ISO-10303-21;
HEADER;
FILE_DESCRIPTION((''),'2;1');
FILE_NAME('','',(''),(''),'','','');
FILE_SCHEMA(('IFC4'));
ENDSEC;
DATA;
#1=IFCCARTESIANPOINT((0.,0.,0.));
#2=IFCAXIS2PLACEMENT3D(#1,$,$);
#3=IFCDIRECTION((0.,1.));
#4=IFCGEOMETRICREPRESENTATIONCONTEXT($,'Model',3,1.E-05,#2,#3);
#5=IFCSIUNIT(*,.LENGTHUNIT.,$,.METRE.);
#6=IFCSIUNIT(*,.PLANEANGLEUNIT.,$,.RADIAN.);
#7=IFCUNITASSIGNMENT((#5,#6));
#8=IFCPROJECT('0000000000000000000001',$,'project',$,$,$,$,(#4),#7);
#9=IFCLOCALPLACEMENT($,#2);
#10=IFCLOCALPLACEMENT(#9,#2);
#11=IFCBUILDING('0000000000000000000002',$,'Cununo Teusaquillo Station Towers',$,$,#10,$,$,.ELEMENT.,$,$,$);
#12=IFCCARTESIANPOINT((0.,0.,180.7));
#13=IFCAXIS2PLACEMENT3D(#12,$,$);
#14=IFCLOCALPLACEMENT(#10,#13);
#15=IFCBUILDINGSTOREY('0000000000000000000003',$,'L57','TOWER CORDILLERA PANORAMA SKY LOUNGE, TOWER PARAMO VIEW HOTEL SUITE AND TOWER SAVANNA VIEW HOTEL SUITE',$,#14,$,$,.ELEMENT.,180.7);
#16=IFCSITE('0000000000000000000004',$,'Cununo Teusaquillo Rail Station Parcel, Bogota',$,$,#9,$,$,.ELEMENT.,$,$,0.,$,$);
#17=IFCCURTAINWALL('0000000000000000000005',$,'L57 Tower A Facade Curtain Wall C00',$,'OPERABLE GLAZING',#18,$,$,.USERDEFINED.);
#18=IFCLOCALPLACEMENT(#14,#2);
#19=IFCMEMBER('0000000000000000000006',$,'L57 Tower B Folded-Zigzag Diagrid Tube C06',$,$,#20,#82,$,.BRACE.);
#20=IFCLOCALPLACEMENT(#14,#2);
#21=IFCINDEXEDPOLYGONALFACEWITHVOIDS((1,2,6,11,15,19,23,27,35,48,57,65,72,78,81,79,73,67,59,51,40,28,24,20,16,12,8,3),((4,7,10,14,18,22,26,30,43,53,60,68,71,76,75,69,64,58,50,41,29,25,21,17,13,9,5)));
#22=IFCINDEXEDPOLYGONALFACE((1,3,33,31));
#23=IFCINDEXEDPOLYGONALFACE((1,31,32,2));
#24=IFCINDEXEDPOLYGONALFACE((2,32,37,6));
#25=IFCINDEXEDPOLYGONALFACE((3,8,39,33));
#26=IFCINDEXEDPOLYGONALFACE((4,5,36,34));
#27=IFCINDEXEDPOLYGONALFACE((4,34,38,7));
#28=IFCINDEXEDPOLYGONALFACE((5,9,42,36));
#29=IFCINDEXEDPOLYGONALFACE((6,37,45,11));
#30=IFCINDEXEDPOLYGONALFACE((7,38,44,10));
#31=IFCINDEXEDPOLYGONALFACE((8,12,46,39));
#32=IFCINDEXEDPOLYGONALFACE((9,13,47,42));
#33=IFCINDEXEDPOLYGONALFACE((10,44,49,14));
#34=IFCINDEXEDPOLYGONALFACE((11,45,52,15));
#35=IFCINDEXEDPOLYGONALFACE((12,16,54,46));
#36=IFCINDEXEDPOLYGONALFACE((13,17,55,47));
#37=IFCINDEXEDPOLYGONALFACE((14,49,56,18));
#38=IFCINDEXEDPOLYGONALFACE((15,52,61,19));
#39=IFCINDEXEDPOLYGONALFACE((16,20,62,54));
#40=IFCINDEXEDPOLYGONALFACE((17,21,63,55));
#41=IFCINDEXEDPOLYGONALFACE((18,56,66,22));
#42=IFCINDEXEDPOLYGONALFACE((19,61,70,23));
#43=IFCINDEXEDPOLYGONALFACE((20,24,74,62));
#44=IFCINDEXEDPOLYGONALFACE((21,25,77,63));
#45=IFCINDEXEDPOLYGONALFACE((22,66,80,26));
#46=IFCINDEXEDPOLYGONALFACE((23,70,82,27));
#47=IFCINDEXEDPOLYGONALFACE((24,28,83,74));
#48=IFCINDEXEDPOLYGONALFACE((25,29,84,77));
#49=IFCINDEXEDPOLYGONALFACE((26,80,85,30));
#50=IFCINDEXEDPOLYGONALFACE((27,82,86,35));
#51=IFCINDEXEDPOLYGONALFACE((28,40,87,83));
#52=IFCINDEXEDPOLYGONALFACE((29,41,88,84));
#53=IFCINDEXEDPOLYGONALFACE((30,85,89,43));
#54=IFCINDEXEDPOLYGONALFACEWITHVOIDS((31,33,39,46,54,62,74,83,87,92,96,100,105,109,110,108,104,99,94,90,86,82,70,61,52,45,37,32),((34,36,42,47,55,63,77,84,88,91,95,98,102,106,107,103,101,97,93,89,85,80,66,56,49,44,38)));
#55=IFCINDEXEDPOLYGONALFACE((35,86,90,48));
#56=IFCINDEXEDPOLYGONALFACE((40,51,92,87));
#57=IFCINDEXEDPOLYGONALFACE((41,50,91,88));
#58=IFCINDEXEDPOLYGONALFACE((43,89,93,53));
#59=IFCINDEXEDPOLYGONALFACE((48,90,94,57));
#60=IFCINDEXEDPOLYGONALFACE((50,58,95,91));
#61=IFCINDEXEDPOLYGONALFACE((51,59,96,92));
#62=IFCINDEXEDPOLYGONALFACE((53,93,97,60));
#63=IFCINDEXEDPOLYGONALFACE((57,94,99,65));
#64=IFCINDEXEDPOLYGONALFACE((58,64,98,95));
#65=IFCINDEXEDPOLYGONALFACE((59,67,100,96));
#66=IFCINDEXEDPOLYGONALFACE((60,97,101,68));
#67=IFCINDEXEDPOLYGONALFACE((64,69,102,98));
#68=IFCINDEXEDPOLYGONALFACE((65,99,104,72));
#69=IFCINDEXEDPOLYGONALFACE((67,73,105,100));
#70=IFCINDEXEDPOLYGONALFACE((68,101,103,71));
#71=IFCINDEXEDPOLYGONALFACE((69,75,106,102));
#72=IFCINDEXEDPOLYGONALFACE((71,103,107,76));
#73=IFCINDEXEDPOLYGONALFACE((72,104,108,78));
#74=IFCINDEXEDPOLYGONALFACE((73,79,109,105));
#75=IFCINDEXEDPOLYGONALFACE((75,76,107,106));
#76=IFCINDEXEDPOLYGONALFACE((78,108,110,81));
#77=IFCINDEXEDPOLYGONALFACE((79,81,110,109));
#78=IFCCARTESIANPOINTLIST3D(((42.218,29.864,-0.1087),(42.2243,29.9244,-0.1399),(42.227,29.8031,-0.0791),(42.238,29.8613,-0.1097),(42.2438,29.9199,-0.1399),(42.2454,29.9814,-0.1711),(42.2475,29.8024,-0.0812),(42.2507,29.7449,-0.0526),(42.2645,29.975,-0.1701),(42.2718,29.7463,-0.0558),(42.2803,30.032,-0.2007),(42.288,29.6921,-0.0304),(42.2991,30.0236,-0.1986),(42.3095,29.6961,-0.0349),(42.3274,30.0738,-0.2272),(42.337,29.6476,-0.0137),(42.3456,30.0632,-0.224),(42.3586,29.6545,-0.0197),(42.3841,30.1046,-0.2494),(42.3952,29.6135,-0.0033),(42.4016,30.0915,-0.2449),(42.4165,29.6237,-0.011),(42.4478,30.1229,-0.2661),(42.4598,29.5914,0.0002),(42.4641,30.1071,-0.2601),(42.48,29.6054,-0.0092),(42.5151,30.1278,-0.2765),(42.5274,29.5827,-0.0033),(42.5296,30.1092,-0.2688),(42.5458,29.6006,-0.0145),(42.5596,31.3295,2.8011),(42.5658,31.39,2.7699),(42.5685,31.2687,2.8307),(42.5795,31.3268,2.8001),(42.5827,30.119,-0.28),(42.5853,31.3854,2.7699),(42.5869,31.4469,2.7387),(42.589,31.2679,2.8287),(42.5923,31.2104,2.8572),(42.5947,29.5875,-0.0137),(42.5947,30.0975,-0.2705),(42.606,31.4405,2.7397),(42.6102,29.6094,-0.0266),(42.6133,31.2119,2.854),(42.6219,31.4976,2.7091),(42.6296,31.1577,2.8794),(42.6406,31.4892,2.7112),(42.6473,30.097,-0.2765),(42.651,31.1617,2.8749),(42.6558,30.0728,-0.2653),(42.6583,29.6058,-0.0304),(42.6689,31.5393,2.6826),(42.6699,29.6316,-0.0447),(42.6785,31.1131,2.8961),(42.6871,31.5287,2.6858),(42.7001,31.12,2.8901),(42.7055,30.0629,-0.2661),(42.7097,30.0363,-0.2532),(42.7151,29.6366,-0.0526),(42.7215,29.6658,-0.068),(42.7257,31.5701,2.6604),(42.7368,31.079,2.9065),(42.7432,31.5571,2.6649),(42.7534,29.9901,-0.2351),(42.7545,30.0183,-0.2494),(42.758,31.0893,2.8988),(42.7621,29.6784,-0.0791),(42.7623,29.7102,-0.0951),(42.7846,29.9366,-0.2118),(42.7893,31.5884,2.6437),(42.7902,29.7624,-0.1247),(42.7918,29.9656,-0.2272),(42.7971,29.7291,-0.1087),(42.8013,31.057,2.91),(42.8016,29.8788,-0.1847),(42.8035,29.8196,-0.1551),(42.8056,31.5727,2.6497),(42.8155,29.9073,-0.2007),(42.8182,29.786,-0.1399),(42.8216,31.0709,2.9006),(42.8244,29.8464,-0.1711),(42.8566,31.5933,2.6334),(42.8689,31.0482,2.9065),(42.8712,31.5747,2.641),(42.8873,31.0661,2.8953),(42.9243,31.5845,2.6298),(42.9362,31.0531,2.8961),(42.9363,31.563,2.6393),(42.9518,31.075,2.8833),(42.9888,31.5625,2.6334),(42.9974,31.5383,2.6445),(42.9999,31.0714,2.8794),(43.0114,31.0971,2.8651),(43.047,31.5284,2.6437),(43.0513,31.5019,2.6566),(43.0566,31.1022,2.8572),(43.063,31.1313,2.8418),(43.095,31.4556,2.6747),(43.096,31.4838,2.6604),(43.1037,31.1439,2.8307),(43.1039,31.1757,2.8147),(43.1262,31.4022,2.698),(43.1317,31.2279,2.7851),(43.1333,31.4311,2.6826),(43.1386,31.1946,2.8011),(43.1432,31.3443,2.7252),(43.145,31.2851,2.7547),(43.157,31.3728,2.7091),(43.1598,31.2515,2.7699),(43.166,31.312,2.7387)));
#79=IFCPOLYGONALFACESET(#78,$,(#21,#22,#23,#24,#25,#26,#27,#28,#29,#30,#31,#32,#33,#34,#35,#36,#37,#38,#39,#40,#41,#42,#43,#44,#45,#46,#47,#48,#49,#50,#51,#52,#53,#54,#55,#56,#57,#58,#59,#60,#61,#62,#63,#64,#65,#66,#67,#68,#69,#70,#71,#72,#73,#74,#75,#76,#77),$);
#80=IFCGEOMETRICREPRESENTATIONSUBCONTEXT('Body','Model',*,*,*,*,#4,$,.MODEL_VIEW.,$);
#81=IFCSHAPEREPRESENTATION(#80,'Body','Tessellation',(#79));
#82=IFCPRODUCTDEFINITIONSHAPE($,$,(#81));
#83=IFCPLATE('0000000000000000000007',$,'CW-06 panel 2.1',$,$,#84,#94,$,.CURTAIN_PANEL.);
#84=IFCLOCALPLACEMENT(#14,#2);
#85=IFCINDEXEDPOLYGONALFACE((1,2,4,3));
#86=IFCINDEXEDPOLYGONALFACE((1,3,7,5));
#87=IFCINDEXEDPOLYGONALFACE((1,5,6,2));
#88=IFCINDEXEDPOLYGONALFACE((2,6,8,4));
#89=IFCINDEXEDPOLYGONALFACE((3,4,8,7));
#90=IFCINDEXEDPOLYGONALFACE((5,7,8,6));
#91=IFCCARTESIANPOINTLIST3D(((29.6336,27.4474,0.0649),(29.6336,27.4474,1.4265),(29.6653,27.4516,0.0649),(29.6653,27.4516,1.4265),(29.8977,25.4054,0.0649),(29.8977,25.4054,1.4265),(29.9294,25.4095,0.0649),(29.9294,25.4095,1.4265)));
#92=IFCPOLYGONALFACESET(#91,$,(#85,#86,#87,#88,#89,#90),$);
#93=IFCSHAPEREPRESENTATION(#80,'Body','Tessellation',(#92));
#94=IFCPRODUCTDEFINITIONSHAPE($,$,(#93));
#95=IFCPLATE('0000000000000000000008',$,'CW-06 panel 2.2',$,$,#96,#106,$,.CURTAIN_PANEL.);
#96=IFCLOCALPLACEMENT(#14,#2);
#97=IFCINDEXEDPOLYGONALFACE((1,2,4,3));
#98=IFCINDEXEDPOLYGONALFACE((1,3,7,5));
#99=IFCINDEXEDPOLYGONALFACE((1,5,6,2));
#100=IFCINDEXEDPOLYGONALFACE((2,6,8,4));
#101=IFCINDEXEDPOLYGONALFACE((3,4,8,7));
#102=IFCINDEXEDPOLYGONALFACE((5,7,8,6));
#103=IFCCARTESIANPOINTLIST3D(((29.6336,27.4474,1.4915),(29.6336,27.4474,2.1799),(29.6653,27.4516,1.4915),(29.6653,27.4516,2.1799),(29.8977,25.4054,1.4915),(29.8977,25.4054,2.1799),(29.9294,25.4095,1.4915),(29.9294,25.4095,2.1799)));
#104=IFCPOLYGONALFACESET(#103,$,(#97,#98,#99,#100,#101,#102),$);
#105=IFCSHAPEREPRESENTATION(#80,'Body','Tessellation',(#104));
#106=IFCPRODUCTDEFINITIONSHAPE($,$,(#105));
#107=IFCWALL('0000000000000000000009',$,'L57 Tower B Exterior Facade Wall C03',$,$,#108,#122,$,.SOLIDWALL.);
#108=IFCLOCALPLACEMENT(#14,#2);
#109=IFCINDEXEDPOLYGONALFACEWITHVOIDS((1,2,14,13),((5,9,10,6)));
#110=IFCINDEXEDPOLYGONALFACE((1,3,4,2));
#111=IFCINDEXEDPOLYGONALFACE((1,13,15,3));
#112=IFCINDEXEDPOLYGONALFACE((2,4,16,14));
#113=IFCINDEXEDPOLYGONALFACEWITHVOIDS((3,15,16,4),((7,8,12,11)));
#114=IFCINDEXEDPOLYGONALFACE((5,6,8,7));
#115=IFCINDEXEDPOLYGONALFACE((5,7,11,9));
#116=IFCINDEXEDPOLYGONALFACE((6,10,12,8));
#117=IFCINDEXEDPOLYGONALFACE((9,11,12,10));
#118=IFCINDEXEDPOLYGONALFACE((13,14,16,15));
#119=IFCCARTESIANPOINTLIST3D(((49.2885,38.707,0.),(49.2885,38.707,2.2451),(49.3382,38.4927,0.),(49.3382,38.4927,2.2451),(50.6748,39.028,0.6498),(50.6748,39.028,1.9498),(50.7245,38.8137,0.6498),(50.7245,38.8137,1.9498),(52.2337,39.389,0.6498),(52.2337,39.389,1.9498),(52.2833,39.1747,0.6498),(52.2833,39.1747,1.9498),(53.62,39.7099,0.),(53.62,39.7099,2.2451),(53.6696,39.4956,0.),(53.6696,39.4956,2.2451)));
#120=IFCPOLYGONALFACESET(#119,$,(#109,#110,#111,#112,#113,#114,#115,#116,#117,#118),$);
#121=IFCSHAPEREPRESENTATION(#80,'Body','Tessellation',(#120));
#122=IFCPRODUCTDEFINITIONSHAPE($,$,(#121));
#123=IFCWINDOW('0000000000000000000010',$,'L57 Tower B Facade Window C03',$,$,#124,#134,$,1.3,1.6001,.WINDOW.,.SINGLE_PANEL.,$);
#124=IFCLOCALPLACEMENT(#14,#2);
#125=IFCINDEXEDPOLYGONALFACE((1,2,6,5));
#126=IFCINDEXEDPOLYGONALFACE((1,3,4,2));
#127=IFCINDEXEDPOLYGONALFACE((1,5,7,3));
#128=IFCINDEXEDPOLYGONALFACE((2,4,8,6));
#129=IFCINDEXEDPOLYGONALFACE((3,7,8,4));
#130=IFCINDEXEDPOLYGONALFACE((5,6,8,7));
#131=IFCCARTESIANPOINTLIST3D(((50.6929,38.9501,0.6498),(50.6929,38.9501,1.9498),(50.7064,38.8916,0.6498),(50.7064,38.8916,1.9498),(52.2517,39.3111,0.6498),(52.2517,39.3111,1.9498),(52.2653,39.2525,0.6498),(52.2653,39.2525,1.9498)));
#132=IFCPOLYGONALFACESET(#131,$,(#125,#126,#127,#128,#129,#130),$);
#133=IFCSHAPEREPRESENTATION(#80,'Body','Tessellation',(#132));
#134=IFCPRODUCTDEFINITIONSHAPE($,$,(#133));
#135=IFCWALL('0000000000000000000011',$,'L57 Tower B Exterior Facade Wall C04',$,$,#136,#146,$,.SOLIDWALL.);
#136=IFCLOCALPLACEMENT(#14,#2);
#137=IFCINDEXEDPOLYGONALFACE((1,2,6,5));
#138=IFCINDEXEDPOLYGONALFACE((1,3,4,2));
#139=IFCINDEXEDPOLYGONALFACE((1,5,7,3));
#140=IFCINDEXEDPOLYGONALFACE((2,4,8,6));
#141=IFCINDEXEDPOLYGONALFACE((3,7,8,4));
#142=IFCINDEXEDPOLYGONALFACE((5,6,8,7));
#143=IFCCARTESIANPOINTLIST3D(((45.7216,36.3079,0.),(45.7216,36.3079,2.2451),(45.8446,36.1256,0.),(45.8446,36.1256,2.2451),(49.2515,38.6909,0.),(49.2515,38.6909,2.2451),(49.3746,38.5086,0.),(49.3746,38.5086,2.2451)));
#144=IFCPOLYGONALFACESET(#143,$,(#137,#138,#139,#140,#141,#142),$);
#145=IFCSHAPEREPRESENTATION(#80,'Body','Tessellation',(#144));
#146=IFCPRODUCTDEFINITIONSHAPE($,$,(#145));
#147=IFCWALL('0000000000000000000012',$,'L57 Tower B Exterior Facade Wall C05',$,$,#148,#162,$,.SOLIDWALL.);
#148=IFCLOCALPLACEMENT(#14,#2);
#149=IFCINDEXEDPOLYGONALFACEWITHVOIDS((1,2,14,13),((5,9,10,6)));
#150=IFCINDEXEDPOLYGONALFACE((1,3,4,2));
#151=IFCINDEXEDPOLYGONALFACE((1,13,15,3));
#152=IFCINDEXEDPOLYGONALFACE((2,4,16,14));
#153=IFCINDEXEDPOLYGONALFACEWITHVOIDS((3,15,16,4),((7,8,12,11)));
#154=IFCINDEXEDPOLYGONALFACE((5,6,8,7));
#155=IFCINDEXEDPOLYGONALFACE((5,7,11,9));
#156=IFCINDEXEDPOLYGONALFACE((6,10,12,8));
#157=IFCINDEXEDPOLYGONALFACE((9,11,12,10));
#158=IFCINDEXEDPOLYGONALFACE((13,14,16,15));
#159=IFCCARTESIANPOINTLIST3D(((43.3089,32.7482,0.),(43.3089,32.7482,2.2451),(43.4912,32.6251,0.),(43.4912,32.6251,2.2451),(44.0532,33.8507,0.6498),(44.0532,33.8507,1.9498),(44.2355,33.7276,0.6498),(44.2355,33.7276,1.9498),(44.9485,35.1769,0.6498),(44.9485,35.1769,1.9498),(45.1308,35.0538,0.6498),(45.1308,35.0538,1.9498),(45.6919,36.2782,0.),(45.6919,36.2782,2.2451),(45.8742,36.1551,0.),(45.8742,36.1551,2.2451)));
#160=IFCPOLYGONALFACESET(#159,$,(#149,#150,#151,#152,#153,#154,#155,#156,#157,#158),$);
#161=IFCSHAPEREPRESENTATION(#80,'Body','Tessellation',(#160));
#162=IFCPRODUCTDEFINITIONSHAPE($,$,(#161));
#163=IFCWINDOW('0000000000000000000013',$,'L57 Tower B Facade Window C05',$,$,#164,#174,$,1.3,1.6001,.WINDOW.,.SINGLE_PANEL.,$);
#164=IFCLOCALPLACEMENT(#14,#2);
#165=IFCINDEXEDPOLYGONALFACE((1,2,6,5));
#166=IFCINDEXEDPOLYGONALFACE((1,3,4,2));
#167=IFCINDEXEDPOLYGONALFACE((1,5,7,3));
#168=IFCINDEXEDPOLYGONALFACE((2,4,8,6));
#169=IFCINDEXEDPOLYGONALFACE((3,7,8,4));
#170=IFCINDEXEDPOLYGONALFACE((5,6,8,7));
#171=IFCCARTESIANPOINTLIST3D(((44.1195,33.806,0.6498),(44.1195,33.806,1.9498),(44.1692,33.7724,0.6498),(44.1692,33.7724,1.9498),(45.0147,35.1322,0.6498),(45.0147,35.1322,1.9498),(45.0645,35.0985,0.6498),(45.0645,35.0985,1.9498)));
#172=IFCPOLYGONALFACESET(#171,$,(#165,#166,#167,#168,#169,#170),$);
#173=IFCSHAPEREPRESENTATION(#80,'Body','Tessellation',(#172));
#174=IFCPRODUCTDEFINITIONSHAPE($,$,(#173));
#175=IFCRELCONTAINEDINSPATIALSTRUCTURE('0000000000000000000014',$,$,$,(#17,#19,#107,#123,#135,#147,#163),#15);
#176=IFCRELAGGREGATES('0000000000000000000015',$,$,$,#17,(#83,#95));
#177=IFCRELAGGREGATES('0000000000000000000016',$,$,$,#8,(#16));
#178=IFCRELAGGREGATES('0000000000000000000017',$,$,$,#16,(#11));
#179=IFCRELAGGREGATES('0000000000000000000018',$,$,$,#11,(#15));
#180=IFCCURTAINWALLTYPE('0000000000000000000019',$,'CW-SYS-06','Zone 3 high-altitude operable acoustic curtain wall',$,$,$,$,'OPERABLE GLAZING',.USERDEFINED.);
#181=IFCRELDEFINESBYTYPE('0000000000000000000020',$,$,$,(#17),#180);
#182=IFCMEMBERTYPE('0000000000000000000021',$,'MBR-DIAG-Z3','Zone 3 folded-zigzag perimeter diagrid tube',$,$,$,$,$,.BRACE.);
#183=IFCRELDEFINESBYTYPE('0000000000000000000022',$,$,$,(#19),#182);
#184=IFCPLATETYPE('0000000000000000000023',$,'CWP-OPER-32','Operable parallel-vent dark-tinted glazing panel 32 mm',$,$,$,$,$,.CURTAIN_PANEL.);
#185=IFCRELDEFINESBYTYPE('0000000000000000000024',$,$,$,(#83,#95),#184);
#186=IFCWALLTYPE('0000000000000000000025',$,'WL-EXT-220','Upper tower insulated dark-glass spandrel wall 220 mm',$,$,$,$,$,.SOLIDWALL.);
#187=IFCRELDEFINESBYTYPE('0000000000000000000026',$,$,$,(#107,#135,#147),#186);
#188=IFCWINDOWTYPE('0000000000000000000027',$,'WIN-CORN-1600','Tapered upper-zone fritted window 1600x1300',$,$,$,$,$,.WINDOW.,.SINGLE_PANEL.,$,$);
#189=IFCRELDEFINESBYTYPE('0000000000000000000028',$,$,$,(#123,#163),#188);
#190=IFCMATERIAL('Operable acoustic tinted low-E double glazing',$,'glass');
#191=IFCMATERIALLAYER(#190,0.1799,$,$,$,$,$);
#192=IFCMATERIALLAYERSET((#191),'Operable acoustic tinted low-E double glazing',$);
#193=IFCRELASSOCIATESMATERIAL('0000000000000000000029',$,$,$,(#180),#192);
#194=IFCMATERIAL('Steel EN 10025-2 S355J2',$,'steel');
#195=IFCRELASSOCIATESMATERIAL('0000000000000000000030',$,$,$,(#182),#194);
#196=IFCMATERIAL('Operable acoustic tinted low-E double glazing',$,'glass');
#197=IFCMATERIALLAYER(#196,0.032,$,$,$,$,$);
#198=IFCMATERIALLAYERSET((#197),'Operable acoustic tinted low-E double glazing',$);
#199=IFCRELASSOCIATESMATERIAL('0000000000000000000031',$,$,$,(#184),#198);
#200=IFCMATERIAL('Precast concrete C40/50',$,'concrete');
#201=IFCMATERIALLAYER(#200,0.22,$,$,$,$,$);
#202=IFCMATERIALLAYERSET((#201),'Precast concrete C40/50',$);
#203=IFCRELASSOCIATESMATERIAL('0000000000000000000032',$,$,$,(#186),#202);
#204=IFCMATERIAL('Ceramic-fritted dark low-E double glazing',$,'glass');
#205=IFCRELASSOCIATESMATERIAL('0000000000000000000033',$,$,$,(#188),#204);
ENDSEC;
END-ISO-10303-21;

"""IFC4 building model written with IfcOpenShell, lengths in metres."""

from ifc_helpers import new_model, si_unit, direction, frame, frame_2d, origin, origin_2d, place, context, subcontext, project, spatial, rectangle, hollow_circle, extrude, source, transform, mapped, material, layer, layer_set, material_profile, profile_set, type_object, element, fill, aggregate, save


model = new_model("IFC4")

# Units and contexts
model_context = context("Model", 3, precision=1e-05, world=origin(), true_north=direction((0.0, 1.0)))
body_context = subcontext(model_context, "Body", "Model", "MODEL_VIEW")
ifc_project = project(units=[si_unit("LENGTHUNIT", "METRE"), si_unit("PLANEANGLEUNIT", "RADIAN")], contexts=[model_context])

# Site, building, storey
site_placement = place(None, origin())
site = spatial("IfcSite", under=ifc_project, at=site_placement, Name="Cununo Teusaquillo Rail Station Parcel, Bogota", CompositionType="ELEMENT", RefElevation=0.0)
building_placement = place(site_placement, origin())
building = spatial("IfcBuilding", under=site, at=building_placement, Name="Cununo Teusaquillo Station Towers", CompositionType="ELEMENT")
storey_placement = place(building_placement, frame((0.0, 0.0, 180.7)))
storey = spatial("IfcBuildingStorey", under=building, at=storey_placement, Name="L57", Description="TOWER CORDILLERA PANORAMA SKY LOUNGE, TOWER PARAMO VIEW HOTEL SUITE AND TOWER SAVANNA VIEW HOTEL SUITE", CompositionType="ELEMENT", Elevation=180.7)

# Curtain wall
ifc_material_1 = material(Name="Operable acoustic tinted low-E double glazing", Category="glass")
ifc_layer_1 = layer(ifc_material_1, 0.1799)
ifc_layer_set_1 = layer_set([ifc_layer_1], Name="Operable acoustic tinted low-E double glazing")
curtain_wall_type = type_object("IfcCurtainWallType", Name="CW-SYS-06", Description="Zone 3 high-altitude operable acoustic curtain wall", ElementType="OPERABLE GLAZING", PredefinedType="USERDEFINED", material=ifc_layer_set_1)
curtain_wall_placement = place(storey_placement, origin())
curtain_wall = element("IfcCurtainWall", 1, at=curtain_wall_placement, inside=storey, type_object=curtain_wall_type, Name="L57 Tower A Facade Curtain Wall C00", ObjectType="OPERABLE GLAZING", PredefinedType="USERDEFINED")

# Member
ifc_material_2 = material(Name="Steel EN 10025-2 S355J2", Category="steel")
ifc_material_profile_1 = material_profile(ifc_material_2, hollow_circle(Radius=0.3049, WallThickness=0.02, at=origin_2d()), Name="CHS 610x20")
ifc_profile_set_1 = profile_set([ifc_material_profile_1], Name="Steel EN 10025-2 S355J2")
member_type_1 = type_object("IfcMemberType", Name="MBR-DIAG-Z3", Description="Zone 3 folded-zigzag perimeter diagrid tube", PredefinedType="BRACE", material=ifc_profile_set_1)
member_1_placement = place(storey_placement, frame((42.5212, 29.8552, -0.1399), z_axis=(0.104259, 0.447368, 0.888252), x_axis=(-0.973902, 0.226968, 0.0)))
element("IfcMember", 2, at=member_1_placement, inside=storey, type_object=member_type_1, Name="L57 Tower B Folded-Zigzag Diagrid Tube C06", PredefinedType="BRACE", context=body_context, shape_type="SweptSolid", body=[
    extrude(hollow_circle(Radius=0.3049, WallThickness=0.02, at=origin_2d()), origin(), (0.0, 0.0, 1.0), 3.2759),
])

# Plates
ifc_material_3 = material(Name="Operable acoustic tinted low-E double glazing", Category="glass")
ifc_layer_2 = layer(ifc_material_3, 0.032)
ifc_layer_set_2 = layer_set([ifc_layer_2], Name="Operable acoustic tinted low-E double glazing")
plate_type = type_object("IfcPlateType", Name="CWP-OPER-32", Description="Operable parallel-vent dark-tinted glazing panel 32 mm", PredefinedType="CURTAIN_PANEL", material=ifc_layer_set_2)
shared_shape_1 = source(origin(), body_context, "Body", "SweptSolid", [
    extrude(rectangle(XDim=2.0591, YDim=0.032, at=origin_2d()), origin(), (0.0, 0.0, 1.0), 1.3616),
])
plate_1_placement = place(storey_placement, frame((29.7815, 26.4285, 0.0649), z_axis=(0.0, 0.0, 1.0), x_axis=(0.128285, -0.991737, 0.0)))
plate_1 = element("IfcPlate", 3, at=plate_1_placement, type_object=plate_type, Name="CW-06 panel 2.1", PredefinedType="CURTAIN_PANEL", context=body_context, shape_type="MappedRepresentation", body=[
    mapped(shared_shape_1, transform((0.0, 0.0, 0.0), x_axis=(1.0, 0.0, 0.0), y_axis=(0.0, 1.0, 0.0), z_axis=(0.0, 0.0, 1.0), scale=1.0)),
])
shared_shape_2 = source(origin(), body_context, "Body", "SweptSolid", [
    extrude(rectangle(XDim=2.0591, YDim=0.032, at=origin_2d()), origin(), (0.0, 0.0, 1.0), 0.6885),
])
plate_2_placement = place(storey_placement, frame((29.7815, 26.4285, 1.4915), z_axis=(0.0, 0.0, 1.0), x_axis=(0.128285, -0.991737, 0.0)))
plate_2 = element("IfcPlate", 4, at=plate_2_placement, type_object=plate_type, Name="CW-06 panel 2.2", PredefinedType="CURTAIN_PANEL", context=body_context, shape_type="MappedRepresentation", body=[
    mapped(shared_shape_2, transform((0.0, 0.0, 0.0), x_axis=(1.0, 0.0, 0.0), y_axis=(0.0, 1.0, 0.0), z_axis=(0.0, 0.0, 1.0), scale=1.0)),
])
aggregate(curtain_wall, [plate_1, plate_2])

# Wall, opening, window
ifc_material_4 = material(Name="Precast concrete C40/50", Category="concrete")
ifc_layer_3 = layer(ifc_material_4, 0.22)
ifc_layer_set_3 = layer_set([ifc_layer_3], Name="Precast concrete C40/50")
wall_type_1 = type_object("IfcWallType", Name="WL-EXT-220", Description="Upper tower insulated dark-glass spandrel wall 220 mm", PredefinedType="SOLIDWALL", material=ifc_layer_set_3)
wall_1_placement = place(storey_placement, frame((49.3132, 38.5999, 0.0), z_axis=(0.0, 0.0, 1.0), x_axis=(0.974226, 0.225573, 0.0)))
wall_1 = element("IfcWall", 5, at=wall_1_placement, inside=storey, type_object=wall_type_1, Name="L57 Tower B Exterior Facade Wall C03", PredefinedType="SOLIDWALL", context=body_context, shape_type="SweptSolid", body=[
    extrude(rectangle(XDim=4.446, YDim=0.22, at=frame_2d((2.2231, 0.0))), origin(), (0.0, 0.0, 1.0), 2.2451),
])
shared_shape_3 = source(origin(), body_context, "Body", "SweptSolid", [
    extrude(rectangle(XDim=1.6001, YDim=1.3, at=frame_2d((0.8, 0.6499))), frame((0.0, 0.1199, 0.0), z_axis=(0.0, -1.0, 0.0), x_axis=(1.0, 0.0, 0.0)), (0.0, 0.0, 1.0), 0.24),
])
opening_1_placement = place(wall_1_placement, frame((1.4231, 0.0, 0.6499)))
opening_1 = element("IfcOpeningElement", 6, at=opening_1_placement, cuts=wall_1, PredefinedType="OPENING", context=body_context, shape_type="MappedRepresentation", body=[
    mapped(shared_shape_3, transform((0.0, 0.0, 0.0), x_axis=(1.0, 0.0, 0.0), y_axis=(0.0, 1.0, 0.0), z_axis=(0.0, 0.0, 1.0), scale=1.0)),
])
ifc_material_5 = material(Name="Ceramic-fritted dark low-E double glazing", Category="glass")
window_type = type_object("IfcWindowType", Name="WIN-CORN-1600", Description="Tapered upper-zone fritted window 1600x1300", PartitioningType="SINGLE_PANEL", PredefinedType="WINDOW", material=ifc_material_5)
shared_shape_4 = source(origin(), body_context, "Body", "SweptSolid", [
    extrude(rectangle(XDim=1.6001, YDim=1.3, at=frame_2d((0.8, 0.6499))), frame((0.0, 0.03, 0.0), z_axis=(0.0, -1.0, 0.0), x_axis=(1.0, 0.0, 0.0)), (0.0, 0.0, 1.0), 0.0601),
])
window_1_placement = place(opening_1_placement, origin())
window_1 = element("IfcWindow", 7, at=window_1_placement, inside=storey, type_object=window_type, Name="L57 Tower B Facade Window C03", OverallHeight=1.3, OverallWidth=1.6001, PartitioningType="SINGLE_PANEL", PredefinedType="WINDOW", context=body_context, shape_type="MappedRepresentation", body=[
    mapped(shared_shape_4, transform((0.0, 0.0, 0.0), x_axis=(1.0, 0.0, 0.0), y_axis=(0.0, 1.0, 0.0), z_axis=(0.0, 0.0, 1.0), scale=1.0)),
])
fill(opening_1, window_1)

# Wall
wall_2_placement = place(storey_placement, frame((45.7832, 36.2168, 0.0), z_axis=(0.0, 0.0, 1.0), x_axis=(0.828817, 0.559519, 0.0)))
element("IfcWall", 8, at=wall_2_placement, inside=storey, type_object=wall_type_1, Name="L57 Tower B Exterior Facade Wall C04", PredefinedType="SOLIDWALL", context=body_context, shape_type="SweptSolid", body=[
    extrude(rectangle(XDim=4.259, YDim=0.22, at=frame_2d((2.1294, 0.0))), origin(), (0.0, 0.0, 1.0), 2.2451),
])

# Wall, opening, window
wall_3_placement = place(storey_placement, frame((43.4001, 32.6868, 0.0), z_axis=(0.0, 0.0, 1.0), x_axis=(0.559519, 0.828817, 0.0)))
wall_3 = element("IfcWall", 9, at=wall_3_placement, inside=storey, type_object=wall_type_1, Name="L57 Tower B Exterior Facade Wall C05", PredefinedType="SOLIDWALL", context=body_context, shape_type="SweptSolid", body=[
    extrude(rectangle(XDim=4.259, YDim=0.22, at=frame_2d((2.1294, 0.0))), origin(), (0.0, 0.0, 1.0), 2.2451),
])
opening_2_placement = place(wall_3_placement, frame((1.3301, 0.0, 0.6499)))
opening_2 = element("IfcOpeningElement", 10, at=opening_2_placement, cuts=wall_3, PredefinedType="OPENING", context=body_context, shape_type="MappedRepresentation", body=[
    mapped(shared_shape_3, transform((0.0, 0.0, 0.0), x_axis=(1.0, 0.0, 0.0), y_axis=(0.0, 1.0, 0.0), z_axis=(0.0, 0.0, 1.0), scale=1.0)),
])
window_2_placement = place(opening_2_placement, origin())
window_2 = element("IfcWindow", 11, at=window_2_placement, inside=storey, type_object=window_type, Name="L57 Tower B Facade Window C05", OverallHeight=1.3, OverallWidth=1.6001, PartitioningType="SINGLE_PANEL", PredefinedType="WINDOW", context=body_context, shape_type="MappedRepresentation", body=[
    mapped(shared_shape_4, transform((0.0, 0.0, 0.0), x_axis=(1.0, 0.0, 0.0), y_axis=(0.0, 1.0, 0.0), z_axis=(0.0, 0.0, 1.0), scale=1.0)),
])
fill(opening_2, window_2)

save(model, "model.ifc")
